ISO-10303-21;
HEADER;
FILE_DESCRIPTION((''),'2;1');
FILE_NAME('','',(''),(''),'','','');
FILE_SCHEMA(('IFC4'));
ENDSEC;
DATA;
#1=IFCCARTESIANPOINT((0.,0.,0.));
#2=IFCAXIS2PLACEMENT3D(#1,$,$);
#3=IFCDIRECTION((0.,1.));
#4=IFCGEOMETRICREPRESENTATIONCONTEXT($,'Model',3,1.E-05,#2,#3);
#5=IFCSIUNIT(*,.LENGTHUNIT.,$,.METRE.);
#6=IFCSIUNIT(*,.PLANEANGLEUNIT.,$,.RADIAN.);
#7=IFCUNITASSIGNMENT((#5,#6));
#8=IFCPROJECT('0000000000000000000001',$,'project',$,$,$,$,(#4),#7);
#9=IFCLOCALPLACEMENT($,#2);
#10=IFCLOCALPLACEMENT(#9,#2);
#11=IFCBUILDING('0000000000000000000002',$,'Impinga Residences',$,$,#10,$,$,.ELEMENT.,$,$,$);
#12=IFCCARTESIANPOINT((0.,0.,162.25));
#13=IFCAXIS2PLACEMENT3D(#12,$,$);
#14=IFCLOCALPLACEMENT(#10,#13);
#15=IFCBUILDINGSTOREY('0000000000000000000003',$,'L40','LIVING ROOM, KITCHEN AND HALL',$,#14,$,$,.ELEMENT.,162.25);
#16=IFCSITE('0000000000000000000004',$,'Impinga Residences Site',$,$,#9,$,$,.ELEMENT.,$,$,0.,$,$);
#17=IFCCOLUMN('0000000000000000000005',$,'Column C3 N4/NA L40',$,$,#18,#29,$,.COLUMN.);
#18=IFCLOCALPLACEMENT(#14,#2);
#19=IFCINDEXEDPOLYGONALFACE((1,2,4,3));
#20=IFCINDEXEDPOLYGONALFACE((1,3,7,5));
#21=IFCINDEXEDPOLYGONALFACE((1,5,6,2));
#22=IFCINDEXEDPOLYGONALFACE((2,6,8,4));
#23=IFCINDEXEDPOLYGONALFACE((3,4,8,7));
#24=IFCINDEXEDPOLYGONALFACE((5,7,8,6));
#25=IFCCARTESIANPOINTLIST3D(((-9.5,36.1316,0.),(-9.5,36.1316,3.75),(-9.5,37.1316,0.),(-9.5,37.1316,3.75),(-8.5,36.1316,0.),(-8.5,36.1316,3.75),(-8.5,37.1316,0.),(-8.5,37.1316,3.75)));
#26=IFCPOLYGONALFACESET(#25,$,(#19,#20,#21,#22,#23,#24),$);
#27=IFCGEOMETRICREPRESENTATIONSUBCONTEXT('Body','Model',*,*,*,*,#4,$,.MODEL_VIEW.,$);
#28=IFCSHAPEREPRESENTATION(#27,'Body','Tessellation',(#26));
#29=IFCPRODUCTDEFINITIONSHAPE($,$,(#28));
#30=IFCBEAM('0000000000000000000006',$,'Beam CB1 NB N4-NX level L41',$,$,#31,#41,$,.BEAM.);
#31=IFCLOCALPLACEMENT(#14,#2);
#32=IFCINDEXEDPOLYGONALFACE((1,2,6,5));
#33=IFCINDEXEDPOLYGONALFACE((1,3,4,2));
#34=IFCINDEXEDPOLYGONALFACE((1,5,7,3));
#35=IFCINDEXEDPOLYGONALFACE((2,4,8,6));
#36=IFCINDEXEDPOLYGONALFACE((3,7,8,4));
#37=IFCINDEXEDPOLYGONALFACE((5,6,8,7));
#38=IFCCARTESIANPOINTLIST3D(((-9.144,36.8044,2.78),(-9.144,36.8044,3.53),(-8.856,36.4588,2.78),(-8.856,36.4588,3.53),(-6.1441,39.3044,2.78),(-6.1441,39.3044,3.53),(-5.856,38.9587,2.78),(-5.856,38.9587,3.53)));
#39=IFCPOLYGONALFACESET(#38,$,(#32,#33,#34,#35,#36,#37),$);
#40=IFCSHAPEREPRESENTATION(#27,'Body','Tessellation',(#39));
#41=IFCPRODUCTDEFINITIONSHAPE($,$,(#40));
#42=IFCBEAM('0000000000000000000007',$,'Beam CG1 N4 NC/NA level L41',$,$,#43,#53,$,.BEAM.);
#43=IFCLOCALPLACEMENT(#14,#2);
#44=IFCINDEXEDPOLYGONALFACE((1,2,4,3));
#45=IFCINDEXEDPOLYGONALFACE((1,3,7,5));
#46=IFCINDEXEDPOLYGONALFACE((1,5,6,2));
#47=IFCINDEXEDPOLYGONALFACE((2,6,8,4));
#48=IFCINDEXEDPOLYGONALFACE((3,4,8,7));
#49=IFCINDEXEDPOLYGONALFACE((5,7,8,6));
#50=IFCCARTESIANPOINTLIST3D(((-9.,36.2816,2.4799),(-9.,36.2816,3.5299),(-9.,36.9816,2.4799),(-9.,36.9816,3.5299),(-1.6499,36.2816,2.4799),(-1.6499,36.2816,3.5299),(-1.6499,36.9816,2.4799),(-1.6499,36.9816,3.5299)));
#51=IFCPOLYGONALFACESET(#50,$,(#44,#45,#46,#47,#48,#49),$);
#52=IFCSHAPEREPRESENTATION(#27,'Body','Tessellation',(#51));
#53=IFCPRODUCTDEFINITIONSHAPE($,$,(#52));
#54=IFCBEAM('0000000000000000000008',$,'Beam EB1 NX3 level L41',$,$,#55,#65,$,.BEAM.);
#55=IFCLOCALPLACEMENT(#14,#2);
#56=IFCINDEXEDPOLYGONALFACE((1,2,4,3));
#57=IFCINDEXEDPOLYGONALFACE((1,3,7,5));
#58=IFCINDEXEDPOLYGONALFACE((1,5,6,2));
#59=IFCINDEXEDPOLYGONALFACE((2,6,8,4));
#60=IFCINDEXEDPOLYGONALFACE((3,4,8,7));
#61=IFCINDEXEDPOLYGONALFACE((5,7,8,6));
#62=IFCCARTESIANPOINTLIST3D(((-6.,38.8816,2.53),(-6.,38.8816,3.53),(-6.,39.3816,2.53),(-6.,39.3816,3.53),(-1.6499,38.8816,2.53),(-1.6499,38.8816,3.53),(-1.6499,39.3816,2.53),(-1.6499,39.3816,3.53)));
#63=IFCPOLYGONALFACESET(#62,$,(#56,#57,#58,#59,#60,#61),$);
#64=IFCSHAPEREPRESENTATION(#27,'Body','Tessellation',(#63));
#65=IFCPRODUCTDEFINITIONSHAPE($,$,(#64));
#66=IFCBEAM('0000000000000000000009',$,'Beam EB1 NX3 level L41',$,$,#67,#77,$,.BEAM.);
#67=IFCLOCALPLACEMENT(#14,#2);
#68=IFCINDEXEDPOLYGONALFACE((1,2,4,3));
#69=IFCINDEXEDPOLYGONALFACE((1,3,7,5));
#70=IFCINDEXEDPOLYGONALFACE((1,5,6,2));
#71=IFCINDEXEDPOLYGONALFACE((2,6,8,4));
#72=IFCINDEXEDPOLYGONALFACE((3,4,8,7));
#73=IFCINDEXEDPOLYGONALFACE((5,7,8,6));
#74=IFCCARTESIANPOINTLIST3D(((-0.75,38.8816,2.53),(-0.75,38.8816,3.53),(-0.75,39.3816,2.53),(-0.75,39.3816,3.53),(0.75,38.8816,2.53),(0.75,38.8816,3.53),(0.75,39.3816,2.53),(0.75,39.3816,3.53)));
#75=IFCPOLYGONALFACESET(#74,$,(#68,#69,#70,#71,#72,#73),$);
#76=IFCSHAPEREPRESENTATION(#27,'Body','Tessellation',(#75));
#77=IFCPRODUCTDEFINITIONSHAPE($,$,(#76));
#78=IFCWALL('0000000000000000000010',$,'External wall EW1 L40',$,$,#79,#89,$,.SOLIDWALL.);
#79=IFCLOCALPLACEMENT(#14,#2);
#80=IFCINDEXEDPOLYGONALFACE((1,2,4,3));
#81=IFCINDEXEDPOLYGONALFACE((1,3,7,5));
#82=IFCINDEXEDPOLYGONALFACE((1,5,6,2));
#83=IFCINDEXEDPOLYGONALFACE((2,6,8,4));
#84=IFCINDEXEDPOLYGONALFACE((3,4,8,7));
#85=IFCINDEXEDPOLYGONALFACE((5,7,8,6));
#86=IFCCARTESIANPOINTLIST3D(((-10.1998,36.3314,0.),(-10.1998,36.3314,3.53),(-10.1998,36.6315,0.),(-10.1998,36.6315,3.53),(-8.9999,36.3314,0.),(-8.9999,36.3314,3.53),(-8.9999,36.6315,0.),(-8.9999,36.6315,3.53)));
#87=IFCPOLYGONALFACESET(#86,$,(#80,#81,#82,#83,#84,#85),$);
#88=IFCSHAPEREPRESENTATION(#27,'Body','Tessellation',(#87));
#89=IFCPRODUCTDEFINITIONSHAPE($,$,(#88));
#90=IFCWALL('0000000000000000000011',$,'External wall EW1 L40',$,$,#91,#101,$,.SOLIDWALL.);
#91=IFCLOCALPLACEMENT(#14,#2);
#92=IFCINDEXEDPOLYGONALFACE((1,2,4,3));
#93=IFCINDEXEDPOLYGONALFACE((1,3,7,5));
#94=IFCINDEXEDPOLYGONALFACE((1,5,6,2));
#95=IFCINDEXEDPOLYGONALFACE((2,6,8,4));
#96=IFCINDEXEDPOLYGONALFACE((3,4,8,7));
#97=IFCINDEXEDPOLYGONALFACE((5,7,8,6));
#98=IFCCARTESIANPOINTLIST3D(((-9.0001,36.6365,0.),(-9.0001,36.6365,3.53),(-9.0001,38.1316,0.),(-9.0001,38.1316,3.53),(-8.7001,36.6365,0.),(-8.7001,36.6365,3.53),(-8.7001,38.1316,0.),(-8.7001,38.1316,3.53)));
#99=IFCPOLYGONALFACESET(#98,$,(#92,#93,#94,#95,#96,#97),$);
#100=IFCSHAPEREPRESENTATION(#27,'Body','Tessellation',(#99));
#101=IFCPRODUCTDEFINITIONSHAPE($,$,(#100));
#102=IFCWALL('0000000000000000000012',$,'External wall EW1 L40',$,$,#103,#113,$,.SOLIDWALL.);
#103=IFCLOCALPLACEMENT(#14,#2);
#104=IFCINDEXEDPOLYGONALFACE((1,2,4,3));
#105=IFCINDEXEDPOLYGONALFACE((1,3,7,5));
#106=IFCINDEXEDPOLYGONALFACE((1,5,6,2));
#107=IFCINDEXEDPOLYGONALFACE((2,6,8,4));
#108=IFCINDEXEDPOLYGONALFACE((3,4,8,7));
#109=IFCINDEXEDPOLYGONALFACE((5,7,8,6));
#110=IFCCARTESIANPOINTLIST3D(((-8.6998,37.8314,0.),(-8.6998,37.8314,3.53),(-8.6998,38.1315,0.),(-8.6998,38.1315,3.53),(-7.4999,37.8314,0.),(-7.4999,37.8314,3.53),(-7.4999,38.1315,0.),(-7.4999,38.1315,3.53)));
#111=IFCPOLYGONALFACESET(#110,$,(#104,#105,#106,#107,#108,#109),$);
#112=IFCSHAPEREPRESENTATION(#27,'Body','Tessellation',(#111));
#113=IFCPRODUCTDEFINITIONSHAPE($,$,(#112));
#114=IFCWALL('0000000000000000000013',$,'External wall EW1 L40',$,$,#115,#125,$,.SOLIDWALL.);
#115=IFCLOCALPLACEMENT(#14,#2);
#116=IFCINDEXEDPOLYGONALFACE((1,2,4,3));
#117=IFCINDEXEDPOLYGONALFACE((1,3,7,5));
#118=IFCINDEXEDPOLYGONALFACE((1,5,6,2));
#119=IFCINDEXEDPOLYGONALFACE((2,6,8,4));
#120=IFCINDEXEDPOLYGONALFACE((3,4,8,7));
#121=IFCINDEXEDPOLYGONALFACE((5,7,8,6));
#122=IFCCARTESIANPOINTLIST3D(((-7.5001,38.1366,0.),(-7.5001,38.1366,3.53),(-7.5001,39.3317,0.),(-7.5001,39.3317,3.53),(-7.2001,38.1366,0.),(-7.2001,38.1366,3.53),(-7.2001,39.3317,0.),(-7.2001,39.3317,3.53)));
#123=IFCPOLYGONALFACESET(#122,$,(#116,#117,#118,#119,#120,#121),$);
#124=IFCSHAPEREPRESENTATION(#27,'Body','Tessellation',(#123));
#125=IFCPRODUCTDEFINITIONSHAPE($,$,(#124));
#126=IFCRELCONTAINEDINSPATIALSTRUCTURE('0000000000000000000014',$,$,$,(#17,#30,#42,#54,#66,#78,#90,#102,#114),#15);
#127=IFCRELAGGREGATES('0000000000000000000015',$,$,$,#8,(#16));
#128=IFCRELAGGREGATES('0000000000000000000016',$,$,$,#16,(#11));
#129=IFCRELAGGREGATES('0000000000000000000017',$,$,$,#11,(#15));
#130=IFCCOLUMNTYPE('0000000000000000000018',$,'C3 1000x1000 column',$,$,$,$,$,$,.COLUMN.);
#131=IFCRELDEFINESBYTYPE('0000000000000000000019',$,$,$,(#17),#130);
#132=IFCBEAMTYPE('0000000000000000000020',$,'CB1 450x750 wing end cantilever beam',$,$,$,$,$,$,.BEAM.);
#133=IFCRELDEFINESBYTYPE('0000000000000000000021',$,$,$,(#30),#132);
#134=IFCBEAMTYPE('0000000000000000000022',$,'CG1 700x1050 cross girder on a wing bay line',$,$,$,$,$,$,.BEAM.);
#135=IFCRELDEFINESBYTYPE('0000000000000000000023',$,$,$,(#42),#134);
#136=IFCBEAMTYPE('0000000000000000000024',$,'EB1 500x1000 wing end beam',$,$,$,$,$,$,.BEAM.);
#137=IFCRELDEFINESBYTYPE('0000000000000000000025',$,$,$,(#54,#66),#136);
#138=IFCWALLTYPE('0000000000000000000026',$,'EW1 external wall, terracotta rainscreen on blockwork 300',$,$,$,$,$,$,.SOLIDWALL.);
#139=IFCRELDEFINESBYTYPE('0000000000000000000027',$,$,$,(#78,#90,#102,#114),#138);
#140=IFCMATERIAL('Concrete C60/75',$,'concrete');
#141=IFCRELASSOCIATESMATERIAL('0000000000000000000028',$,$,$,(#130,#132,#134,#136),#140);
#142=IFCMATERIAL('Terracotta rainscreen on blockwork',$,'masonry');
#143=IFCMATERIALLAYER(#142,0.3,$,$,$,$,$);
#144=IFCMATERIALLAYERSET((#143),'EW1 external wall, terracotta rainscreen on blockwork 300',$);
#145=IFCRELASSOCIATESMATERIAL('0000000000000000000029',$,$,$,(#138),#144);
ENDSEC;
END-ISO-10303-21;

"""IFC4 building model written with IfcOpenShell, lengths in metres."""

from ifc_helpers import new_model, si_unit, direction, frame, frame_2d, origin, origin_2d, place, context, subcontext, project, spatial, rectangle, extrude, material, layer, layer_set, material_profile, profile_set, type_object, element, save


model = new_model("IFC4")

# Units and contexts
model_context = context("Model", 3, precision=1e-05, world=origin(), true_north=direction((0.0, 1.0)))
body_context = subcontext(model_context, "Body", "Model", "MODEL_VIEW")
ifc_project = project(units=[si_unit("LENGTHUNIT", "METRE"), si_unit("PLANEANGLEUNIT", "RADIAN")], contexts=[model_context])

# Site, building, storey
site_placement = place(None, origin())
site = spatial("IfcSite", under=ifc_project, at=site_placement, Name="Impinga Residences Site", CompositionType="ELEMENT", RefElevation=0.0)
building_placement = place(site_placement, origin())
building = spatial("IfcBuilding", under=site, at=building_placement, Name="Impinga Residences", CompositionType="ELEMENT")
storey_placement = place(building_placement, frame((0.0, 0.0, 162.25)))
storey = spatial("IfcBuildingStorey", under=building, at=storey_placement, Name="L40", Description="LIVING ROOM, KITCHEN AND HALL", CompositionType="ELEMENT", Elevation=162.25)

# Column
ifc_material_1 = material(Name="Concrete C60/75", Category="concrete")
ifc_material_profile_1 = material_profile(ifc_material_1, rectangle(XDim=1.0, YDim=1.0, at=origin_2d()), Name="RC 1000x1000")
ifc_profile_set_1 = profile_set([ifc_material_profile_1], Name="Concrete C60/75")
column_type = type_object("IfcColumnType", Name="C3 1000x1000 column", PredefinedType="COLUMN", material=ifc_profile_set_1)
column_placement = place(storey_placement, frame((-9.0, 36.6316, 0.0), z_axis=(0.0, 0.0, 1.0), x_axis=(1.0, 0.0, 0.0)))
element("IfcColumn", 1, at=column_placement, inside=storey, type_object=column_type, Name="Column C3 N4/NA L40", PredefinedType="COLUMN", context=body_context, shape_type="SweptSolid", body=[
    extrude(rectangle(XDim=1.0, YDim=1.0, at=origin_2d()), origin(), (0.0, 0.0, 1.0), 3.75),
])

# Beams
ifc_material_profile_2 = material_profile(ifc_material_1, rectangle(XDim=0.45, YDim=0.75, at=origin_2d()), Name="RC 450x750")
ifc_profile_set_2 = profile_set([ifc_material_profile_2], Name="Concrete C60/75")
beam_type_1 = type_object("IfcBeamType", Name="CB1 450x750 wing end cantilever beam", PredefinedType="BEAM", material=ifc_profile_set_2)
beam_1_placement = place(storey_placement, frame((-9.0, 36.6316, 3.155), z_axis=(0.768221, 0.640184, 0.0), x_axis=(-0.640184, 0.768221, 0.0)))
element("IfcBeam", 2, at=beam_1_placement, inside=storey, type_object=beam_type_1, Name="Beam CB1 NB N4-NX level L41", PredefinedType="BEAM", context=body_context, shape_type="SweptSolid", body=[
    extrude(rectangle(XDim=0.45, YDim=0.75, at=origin_2d()), origin(), (0.0, 0.0, 1.0), 3.905),
])
ifc_material_profile_3 = material_profile(ifc_material_1, rectangle(XDim=0.7, YDim=1.05, at=origin_2d()), Name="RC 700x1050")
ifc_profile_set_3 = profile_set([ifc_material_profile_3], Name="Concrete C60/75")
beam_type_2 = type_object("IfcBeamType", Name="CG1 700x1050 cross girder on a wing bay line", PredefinedType="BEAM", material=ifc_profile_set_3)
beam_2_placement = place(storey_placement, frame((-1.6499, 36.6316, 3.0049), z_axis=(-1.0, 0.0, 0.0), x_axis=(0.0, -1.0, 0.0)))
element("IfcBeam", 3, at=beam_2_placement, inside=storey, type_object=beam_type_2, Name="Beam CG1 N4 NC/NA level L41", PredefinedType="BEAM", context=body_context, shape_type="SweptSolid", body=[
    extrude(rectangle(XDim=0.7, YDim=1.05, at=origin_2d()), origin(), (0.0, 0.0, 1.0), 7.3501),
])
ifc_material_profile_4 = material_profile(ifc_material_1, rectangle(XDim=0.5, YDim=1.0, at=origin_2d()), Name="RC 500x1000")
ifc_profile_set_4 = profile_set([ifc_material_profile_4], Name="Concrete C60/75")
beam_type_3 = type_object("IfcBeamType", Name="EB1 500x1000 wing end beam", PredefinedType="BEAM", material=ifc_profile_set_4)
beam_3_placement = place(storey_placement, frame((-6.0, 39.1316, 3.03), z_axis=(1.0, 0.0, 0.0), x_axis=(0.0, 1.0, 0.0)))
element("IfcBeam", 4, at=beam_3_placement, inside=storey, type_object=beam_type_3, Name="Beam EB1 NX3 level L41", PredefinedType="BEAM", context=body_context, shape_type="SweptSolid", body=[
    extrude(rectangle(XDim=0.5, YDim=1.0, at=origin_2d()), origin(), (0.0, 0.0, 1.0), 4.3501),
])
beam_4_placement = place(storey_placement, frame((-0.75, 39.1316, 3.03), z_axis=(1.0, 0.0, 0.0), x_axis=(0.0, 1.0, 0.0)))
element("IfcBeam", 5, at=beam_4_placement, inside=storey, type_object=beam_type_3, Name="Beam EB1 NX3 level L41", PredefinedType="BEAM", context=body_context, shape_type="SweptSolid", body=[
    extrude(rectangle(XDim=0.5, YDim=1.0, at=origin_2d()), origin(), (0.0, 0.0, 1.0), 1.5),
])

# Walls
ifc_material_2 = material(Name="Terracotta rainscreen on blockwork", Category="masonry")
ifc_layer_1 = layer(ifc_material_2, 0.3)
ifc_layer_set_1 = layer_set([ifc_layer_1], Name="EW1 external wall, terracotta rainscreen on blockwork 300")
wall_type_1 = type_object("IfcWallType", Name="EW1 external wall, terracotta rainscreen on blockwork 300", PredefinedType="SOLIDWALL", material=ifc_layer_set_1)
wall_1_placement = place(storey_placement, frame((-10.2, 36.4814, 0.0), z_axis=(0.0, 0.0, 1.0), x_axis=(1.0, 0.0, 0.0)))
element("IfcWall", 6, at=wall_1_placement, inside=storey, type_object=wall_type_1, Name="External wall EW1 L40", PredefinedType="SOLIDWALL", context=body_context, shape_type="SweptSolid", body=[
    extrude(rectangle(XDim=1.2, YDim=0.3, at=frame_2d((0.6001, 0.0))), origin(), (0.0, 0.0, 1.0), 3.53),
])
wall_2_placement = place(storey_placement, frame((-8.8501, 36.6365, 0.0), z_axis=(0.0, 0.0, 1.0), x_axis=(0.0, 1.0, 0.0)))
element("IfcWall", 7, at=wall_2_placement, inside=storey, type_object=wall_type_1, Name="External wall EW1 L40", PredefinedType="SOLIDWALL", context=body_context, shape_type="SweptSolid", body=[
    extrude(rectangle(XDim=1.4951, YDim=0.3, at=frame_2d((0.7476, 0.0))), origin(), (0.0, 0.0, 1.0), 3.53),
])
wall_3_placement = place(storey_placement, frame((-8.7, 37.9814, 0.0), z_axis=(0.0, 0.0, 1.0), x_axis=(1.0, 0.0, 0.0)))
element("IfcWall", 8, at=wall_3_placement, inside=storey, type_object=wall_type_1, Name="External wall EW1 L40", PredefinedType="SOLIDWALL", context=body_context, shape_type="SweptSolid", body=[
    extrude(rectangle(XDim=1.2, YDim=0.3, at=frame_2d((0.6001, 0.0))), origin(), (0.0, 0.0, 1.0), 3.53),
])
wall_4_placement = place(storey_placement, frame((-7.3501, 38.1365, 0.0), z_axis=(0.0, 0.0, 1.0), x_axis=(0.0, 1.0, 0.0)))
element("IfcWall", 9, at=wall_4_placement, inside=storey, type_object=wall_type_1, Name="External wall EW1 L40", PredefinedType="SOLIDWALL", context=body_context, shape_type="SweptSolid", body=[
    extrude(rectangle(XDim=1.1951, YDim=0.3, at=frame_2d((0.5977, 0.0))), origin(), (0.0, 0.0, 1.0), 3.53),
])

save(model, "model.ifc")
